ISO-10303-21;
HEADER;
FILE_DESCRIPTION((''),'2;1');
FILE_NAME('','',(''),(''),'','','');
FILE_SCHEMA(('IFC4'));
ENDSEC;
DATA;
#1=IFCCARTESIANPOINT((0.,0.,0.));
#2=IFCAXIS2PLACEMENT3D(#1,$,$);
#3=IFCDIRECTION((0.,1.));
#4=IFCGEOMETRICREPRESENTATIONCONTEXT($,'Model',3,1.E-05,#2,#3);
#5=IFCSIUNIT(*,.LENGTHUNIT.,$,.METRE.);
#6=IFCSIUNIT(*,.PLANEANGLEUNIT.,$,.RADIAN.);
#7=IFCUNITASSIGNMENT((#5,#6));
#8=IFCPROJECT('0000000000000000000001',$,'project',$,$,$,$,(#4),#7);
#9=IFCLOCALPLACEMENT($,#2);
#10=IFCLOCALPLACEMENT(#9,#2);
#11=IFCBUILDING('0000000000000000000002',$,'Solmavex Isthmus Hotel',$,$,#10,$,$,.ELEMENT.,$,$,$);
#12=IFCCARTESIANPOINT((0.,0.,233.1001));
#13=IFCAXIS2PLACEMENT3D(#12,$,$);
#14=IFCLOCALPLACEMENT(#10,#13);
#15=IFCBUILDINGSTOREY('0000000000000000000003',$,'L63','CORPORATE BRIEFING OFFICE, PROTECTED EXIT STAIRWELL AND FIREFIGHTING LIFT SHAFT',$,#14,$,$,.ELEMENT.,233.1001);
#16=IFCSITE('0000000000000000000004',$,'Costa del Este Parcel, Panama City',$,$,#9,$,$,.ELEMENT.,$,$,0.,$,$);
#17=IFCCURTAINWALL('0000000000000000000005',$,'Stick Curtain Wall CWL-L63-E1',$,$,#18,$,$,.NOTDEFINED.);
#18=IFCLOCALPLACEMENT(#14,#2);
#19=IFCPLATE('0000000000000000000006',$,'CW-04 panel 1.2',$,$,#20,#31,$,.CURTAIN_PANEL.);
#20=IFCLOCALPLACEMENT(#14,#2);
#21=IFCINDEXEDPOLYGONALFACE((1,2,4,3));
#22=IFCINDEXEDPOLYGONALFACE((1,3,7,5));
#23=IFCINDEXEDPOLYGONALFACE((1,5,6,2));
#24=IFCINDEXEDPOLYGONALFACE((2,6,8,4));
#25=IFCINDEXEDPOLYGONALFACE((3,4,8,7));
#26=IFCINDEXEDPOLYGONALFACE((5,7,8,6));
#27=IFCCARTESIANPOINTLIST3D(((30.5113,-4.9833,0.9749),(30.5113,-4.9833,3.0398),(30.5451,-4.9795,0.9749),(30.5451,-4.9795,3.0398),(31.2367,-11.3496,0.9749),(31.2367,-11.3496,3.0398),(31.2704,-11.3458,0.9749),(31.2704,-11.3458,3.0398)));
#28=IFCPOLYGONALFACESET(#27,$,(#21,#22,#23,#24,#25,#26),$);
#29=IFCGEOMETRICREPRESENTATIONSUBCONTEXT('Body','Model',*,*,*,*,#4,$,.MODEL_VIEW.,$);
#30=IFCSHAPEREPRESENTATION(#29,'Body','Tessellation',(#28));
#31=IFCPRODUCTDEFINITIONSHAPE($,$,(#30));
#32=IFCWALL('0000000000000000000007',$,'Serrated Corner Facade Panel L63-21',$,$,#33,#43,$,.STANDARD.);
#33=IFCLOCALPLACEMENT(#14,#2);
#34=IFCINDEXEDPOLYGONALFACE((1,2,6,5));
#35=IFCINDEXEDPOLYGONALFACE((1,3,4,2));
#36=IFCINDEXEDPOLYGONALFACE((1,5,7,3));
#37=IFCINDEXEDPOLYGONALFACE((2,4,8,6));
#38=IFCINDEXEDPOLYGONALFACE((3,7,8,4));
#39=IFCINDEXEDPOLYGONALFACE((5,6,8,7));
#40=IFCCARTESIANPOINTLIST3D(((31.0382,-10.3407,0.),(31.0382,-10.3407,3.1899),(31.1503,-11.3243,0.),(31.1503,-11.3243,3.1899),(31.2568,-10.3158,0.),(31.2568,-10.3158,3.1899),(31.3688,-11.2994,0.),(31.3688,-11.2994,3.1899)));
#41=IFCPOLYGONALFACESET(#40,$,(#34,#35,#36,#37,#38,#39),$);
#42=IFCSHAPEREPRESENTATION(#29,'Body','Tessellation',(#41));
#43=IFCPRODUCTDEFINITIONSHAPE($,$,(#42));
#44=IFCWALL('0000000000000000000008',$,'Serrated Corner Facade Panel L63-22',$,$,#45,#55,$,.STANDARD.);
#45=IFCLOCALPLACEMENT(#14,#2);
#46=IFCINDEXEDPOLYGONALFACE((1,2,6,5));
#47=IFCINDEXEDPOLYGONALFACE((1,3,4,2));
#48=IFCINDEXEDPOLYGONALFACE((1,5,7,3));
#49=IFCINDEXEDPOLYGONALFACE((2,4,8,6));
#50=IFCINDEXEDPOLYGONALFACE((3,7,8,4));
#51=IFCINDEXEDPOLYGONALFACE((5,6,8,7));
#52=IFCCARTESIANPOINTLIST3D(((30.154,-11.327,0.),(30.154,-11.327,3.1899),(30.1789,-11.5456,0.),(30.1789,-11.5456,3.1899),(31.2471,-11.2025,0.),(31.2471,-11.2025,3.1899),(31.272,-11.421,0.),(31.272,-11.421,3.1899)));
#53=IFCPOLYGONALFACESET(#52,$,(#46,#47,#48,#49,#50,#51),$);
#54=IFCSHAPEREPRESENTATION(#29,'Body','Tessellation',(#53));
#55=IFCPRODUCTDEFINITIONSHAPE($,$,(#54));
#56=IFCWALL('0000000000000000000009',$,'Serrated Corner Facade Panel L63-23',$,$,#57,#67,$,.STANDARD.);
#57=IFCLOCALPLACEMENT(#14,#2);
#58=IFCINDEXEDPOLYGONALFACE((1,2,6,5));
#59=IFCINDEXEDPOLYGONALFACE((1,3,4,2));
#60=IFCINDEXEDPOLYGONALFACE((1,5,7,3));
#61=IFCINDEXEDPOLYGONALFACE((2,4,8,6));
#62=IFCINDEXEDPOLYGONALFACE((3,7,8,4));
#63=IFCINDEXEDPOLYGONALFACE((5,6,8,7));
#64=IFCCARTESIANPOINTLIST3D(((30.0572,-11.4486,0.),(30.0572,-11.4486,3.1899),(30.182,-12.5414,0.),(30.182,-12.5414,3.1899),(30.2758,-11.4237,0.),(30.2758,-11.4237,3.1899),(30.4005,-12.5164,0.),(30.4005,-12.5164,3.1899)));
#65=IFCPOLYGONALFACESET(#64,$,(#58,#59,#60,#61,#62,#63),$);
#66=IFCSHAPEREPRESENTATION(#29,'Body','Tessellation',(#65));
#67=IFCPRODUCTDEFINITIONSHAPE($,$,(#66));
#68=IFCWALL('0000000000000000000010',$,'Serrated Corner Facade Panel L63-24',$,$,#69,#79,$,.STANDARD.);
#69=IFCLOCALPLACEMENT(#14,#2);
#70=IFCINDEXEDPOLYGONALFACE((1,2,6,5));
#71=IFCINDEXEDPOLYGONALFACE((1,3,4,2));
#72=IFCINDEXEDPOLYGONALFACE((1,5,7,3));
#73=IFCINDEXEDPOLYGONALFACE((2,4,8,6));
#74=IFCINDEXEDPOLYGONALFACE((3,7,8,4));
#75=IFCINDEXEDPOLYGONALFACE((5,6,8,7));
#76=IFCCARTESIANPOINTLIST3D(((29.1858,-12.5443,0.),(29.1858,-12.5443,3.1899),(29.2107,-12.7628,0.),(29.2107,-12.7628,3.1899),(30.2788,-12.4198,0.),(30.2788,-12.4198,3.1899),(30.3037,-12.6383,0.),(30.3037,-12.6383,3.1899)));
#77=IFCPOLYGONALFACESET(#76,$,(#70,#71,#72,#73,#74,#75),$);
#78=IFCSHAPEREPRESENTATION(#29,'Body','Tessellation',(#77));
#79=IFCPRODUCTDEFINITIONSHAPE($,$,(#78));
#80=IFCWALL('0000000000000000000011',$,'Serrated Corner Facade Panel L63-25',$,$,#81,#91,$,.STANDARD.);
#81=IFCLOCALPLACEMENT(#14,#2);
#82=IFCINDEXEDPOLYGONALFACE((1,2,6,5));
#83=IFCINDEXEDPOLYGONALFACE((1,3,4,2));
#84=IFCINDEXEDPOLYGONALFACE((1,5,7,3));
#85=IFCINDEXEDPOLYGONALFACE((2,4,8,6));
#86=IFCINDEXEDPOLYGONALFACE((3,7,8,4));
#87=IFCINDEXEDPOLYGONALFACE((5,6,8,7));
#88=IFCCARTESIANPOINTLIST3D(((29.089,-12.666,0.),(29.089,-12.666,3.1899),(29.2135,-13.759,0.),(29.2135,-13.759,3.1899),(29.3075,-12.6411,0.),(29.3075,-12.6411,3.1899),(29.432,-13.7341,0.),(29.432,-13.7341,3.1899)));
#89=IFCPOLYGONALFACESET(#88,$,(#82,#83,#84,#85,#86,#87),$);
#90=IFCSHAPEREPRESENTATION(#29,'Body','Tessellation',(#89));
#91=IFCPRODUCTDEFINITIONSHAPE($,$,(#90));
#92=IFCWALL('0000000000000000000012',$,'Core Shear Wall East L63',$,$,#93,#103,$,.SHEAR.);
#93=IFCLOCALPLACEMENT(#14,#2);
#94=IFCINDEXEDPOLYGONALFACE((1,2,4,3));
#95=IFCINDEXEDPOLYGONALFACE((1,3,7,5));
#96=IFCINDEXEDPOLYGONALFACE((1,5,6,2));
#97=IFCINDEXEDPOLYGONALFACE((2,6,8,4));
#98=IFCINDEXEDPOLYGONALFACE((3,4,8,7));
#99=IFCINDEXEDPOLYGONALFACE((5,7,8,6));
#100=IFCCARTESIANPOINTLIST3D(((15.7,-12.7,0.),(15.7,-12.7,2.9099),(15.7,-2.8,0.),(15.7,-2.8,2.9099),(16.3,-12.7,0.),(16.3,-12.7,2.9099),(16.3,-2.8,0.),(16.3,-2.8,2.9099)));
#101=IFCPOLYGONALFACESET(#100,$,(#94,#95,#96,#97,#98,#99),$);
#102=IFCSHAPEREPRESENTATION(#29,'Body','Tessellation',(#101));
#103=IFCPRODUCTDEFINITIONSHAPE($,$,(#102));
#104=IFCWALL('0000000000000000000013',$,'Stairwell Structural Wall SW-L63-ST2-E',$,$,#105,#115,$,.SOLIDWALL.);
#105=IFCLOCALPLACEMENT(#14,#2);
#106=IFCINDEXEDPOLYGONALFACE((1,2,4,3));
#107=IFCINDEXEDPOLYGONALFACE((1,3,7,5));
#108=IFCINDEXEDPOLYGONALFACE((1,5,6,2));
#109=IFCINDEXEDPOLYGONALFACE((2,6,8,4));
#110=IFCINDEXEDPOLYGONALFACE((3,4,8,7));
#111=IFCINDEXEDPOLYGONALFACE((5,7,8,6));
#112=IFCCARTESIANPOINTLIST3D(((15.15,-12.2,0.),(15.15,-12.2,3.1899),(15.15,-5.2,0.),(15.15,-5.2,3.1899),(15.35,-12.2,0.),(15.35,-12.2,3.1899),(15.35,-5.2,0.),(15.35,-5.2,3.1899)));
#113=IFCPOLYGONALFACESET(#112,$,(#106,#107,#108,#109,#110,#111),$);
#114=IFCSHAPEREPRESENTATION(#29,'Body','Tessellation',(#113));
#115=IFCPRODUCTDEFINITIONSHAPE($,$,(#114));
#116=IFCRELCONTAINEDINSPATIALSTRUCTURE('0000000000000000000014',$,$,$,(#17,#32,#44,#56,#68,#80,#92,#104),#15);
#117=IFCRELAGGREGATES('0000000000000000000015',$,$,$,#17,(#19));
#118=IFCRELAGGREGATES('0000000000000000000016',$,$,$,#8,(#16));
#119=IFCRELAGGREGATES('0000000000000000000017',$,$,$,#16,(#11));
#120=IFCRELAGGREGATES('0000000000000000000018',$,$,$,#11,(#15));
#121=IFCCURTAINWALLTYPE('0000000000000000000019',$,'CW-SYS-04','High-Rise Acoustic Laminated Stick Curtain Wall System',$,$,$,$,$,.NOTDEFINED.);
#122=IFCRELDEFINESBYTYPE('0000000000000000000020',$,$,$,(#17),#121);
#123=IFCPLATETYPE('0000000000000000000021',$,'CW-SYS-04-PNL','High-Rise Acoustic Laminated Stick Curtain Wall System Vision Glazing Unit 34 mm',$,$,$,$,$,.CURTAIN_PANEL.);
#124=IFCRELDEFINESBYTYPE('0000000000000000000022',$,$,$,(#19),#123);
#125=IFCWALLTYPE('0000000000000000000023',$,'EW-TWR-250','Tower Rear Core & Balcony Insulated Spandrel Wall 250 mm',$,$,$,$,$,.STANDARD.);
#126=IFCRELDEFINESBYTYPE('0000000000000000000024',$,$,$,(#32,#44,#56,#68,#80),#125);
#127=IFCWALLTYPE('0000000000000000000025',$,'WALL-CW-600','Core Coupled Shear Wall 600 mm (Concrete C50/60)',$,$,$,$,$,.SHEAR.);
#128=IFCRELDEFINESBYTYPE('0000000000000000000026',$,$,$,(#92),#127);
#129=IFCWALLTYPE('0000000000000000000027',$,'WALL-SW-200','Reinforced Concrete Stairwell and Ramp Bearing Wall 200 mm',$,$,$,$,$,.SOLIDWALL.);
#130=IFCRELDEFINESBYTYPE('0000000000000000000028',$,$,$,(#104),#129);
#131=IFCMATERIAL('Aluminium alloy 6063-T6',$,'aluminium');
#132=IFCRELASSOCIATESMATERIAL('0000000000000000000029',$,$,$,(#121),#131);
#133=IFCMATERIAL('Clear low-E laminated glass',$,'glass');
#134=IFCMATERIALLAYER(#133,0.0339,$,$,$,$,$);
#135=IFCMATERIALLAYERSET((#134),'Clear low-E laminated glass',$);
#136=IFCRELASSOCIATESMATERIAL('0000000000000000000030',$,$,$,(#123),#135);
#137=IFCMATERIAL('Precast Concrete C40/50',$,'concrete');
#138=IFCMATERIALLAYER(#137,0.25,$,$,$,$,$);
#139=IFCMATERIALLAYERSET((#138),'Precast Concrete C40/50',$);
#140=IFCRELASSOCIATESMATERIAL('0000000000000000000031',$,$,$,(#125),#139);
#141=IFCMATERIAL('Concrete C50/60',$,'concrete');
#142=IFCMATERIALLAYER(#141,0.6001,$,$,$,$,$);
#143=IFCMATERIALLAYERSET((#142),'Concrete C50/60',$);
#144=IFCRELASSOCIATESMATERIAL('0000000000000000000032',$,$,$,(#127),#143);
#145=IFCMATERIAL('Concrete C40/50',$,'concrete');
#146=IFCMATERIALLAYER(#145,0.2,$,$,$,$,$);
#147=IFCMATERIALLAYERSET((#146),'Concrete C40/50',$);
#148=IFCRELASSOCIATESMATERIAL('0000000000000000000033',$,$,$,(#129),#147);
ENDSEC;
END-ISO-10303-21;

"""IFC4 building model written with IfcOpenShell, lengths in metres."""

from ifc_helpers import new_model, si_unit, direction, frame, frame_2d, origin, origin_2d, place, context, subcontext, project, spatial, rectangle, extrude, material, layer, layer_set, type_object, element, aggregate, save


model = new_model("IFC4")

# Units and contexts
model_context = context("Model", 3, precision=1e-05, world=origin(), true_north=direction((0.0, 1.0)))
body_context = subcontext(model_context, "Body", "Model", "MODEL_VIEW")
ifc_project = project(units=[si_unit("LENGTHUNIT", "METRE"), si_unit("PLANEANGLEUNIT", "RADIAN")], contexts=[model_context])

# Site, building, storey
site_placement = place(None, origin())
site = spatial("IfcSite", under=ifc_project, at=site_placement, Name="Costa del Este Parcel, Panama City", CompositionType="ELEMENT", RefElevation=0.0)
building_placement = place(site_placement, origin())
building = spatial("IfcBuilding", under=site, at=building_placement, Name="Solmavex Isthmus Hotel", CompositionType="ELEMENT")
storey_placement = place(building_placement, frame((0.0, 0.0, 233.1001)))
storey = spatial("IfcBuildingStorey", under=building, at=storey_placement, Name="L63", Description="CORPORATE BRIEFING OFFICE, PROTECTED EXIT STAIRWELL AND FIREFIGHTING LIFT SHAFT", CompositionType="ELEMENT", Elevation=233.1001)

# Shared definitions
ifc_material_1 = material(Name="Concrete C50/60", Category="concrete")

# Curtain wall, plate
ifc_material_2 = material(Name="Aluminium alloy 6063-T6", Category="aluminium")
curtain_wall_type = type_object("IfcCurtainWallType", Name="CW-SYS-04", Description="High-Rise Acoustic Laminated Stick Curtain Wall System", PredefinedType="NOTDEFINED", material=ifc_material_2)
curtain_wall_placement = place(storey_placement, origin())
curtain_wall = element("IfcCurtainWall", 1, at=curtain_wall_placement, inside=storey, type_object=curtain_wall_type, Name="Stick Curtain Wall CWL-L63-E1", PredefinedType="NOTDEFINED")
ifc_material_3 = material(Name="Clear low-E laminated glass", Category="glass")
ifc_layer_1 = layer(ifc_material_3, 0.0339)
ifc_layer_set_1 = layer_set([ifc_layer_1], Name="Clear low-E laminated glass")
plate_type = type_object("IfcPlateType", Name="CW-SYS-04-PNL", Description="High-Rise Acoustic Laminated Stick Curtain Wall System Vision Glazing Unit 34 mm", PredefinedType="CURTAIN_PANEL", material=ifc_layer_set_1)
plate_1_placement = place(storey_placement, frame((30.8909, -8.1646, 0.9749), z_axis=(0.0, 0.0, 1.0), x_axis=(-0.113203, 0.993572, 0.0)))
plate_1 = element("IfcPlate", 2, at=plate_1_placement, type_object=plate_type, Name="CW-04 panel 1.2", PredefinedType="CURTAIN_PANEL", context=body_context, shape_type="SweptSolid", body=[
    extrude(rectangle(XDim=6.4075, YDim=0.0339, at=origin_2d()), origin(), (0.0, 0.0, 1.0), 2.0649),
])
aggregate(curtain_wall, [plate_1])

# Walls
ifc_material_4 = material(Name="Precast Concrete C40/50", Category="concrete")
ifc_layer_2 = layer(ifc_material_4, 0.25)
ifc_layer_set_2 = layer_set([ifc_layer_2], Name="Precast Concrete C40/50")
wall_type_1 = type_object("IfcWallType", Name="EW-TWR-250", Description="Tower Rear Core & Balcony Insulated Spandrel Wall 250 mm", PredefinedType="STANDARD", material=ifc_layer_set_2)
wall_1_placement = place(storey_placement, frame((31.1475, -10.3281, 0.0), z_axis=(0.0, 0.0, 1.0), x_axis=(0.113192, -0.993573, 0.0)))
element("IfcWall", 3, at=wall_1_placement, inside=storey, type_object=wall_type_1, Name="Serrated Corner Facade Panel L63-21", PredefinedType="STANDARD", context=body_context, shape_type="SweptSolid", body=[
    extrude(rectangle(XDim=0.99, YDim=0.22, at=frame_2d((0.4951, 0.0))), origin(), (0.0, 0.0, 1.0), 3.1899),
])
wall_2_placement = place(storey_placement, frame((31.2595, -11.3118, 0.0), z_axis=(0.0, 0.0, 1.0), x_axis=(-0.993574, -0.113184, 0.0)))
element("IfcWall", 4, at=wall_2_placement, inside=storey, type_object=wall_type_1, Name="Serrated Corner Facade Panel L63-22", PredefinedType="STANDARD", context=body_context, shape_type="SweptSolid", body=[
    extrude(rectangle(XDim=1.1001, YDim=0.22, at=frame_2d((0.55, 0.0))), origin(), (0.0, 0.0, 1.0), 3.1899),
])
wall_3_placement = place(storey_placement, frame((30.1665, -11.4363, 0.0), z_axis=(0.0, 0.0, 1.0), x_axis=(0.113428, -0.993546, 0.0)))
element("IfcWall", 5, at=wall_3_placement, inside=storey, type_object=wall_type_1, Name="Serrated Corner Facade Panel L63-23", PredefinedType="STANDARD", context=body_context, shape_type="SweptSolid", body=[
    extrude(rectangle(XDim=1.0999, YDim=0.22, at=frame_2d((0.5498, 0.0))), origin(), (0.0, 0.0, 1.0), 3.1899),
])
for number, where, z_axis, x_axis, name in (
    (6, (30.2913, -12.5291, 0.0), (0.0, 0.0, 1.0), (-0.993574, -0.113184, 0.0), "Serrated Corner Facade Panel L63-24"),
    (7, (29.1982, -12.6536, 0.0), (0.0, 0.0, 1.0), (0.113184, -0.993574, 0.0), "Serrated Corner Facade Panel L63-25"),
):
    element("IfcWall", number, at=place(storey_placement, frame(where, z_axis=z_axis, x_axis=x_axis)), inside=storey, type_object=wall_type_1, Name=name, PredefinedType="STANDARD", context=body_context, shape_type="SweptSolid", body=[
        extrude(rectangle(XDim=1.1001, YDim=0.22, at=frame_2d((0.55, 0.0))), origin(), (0.0, 0.0, 1.0), 3.1899),
    ])
ifc_layer_3 = layer(ifc_material_1, 0.6001)
ifc_layer_set_3 = layer_set([ifc_layer_3], Name="Concrete C50/60")
wall_type_2 = type_object("IfcWallType", Name="WALL-CW-600", Description="Core Coupled Shear Wall 600 mm (Concrete C50/60)", PredefinedType="SHEAR", material=ifc_layer_set_3)
wall_4_placement = place(storey_placement, frame((16.0, -12.7, 0.0), z_axis=(0.0, 0.0, 1.0), x_axis=(0.0, 1.0, 0.0)))
element("IfcWall", 8, at=wall_4_placement, inside=storey, type_object=wall_type_2, Name="Core Shear Wall East L63", PredefinedType="SHEAR", context=body_context, shape_type="SweptSolid", body=[
    extrude(rectangle(XDim=9.8999, YDim=0.6001, at=frame_2d((4.95, 0.0))), origin(), (0.0, 0.0, 1.0), 2.9099),
])
ifc_material_5 = material(Name="Concrete C40/50", Category="concrete")
ifc_layer_4 = layer(ifc_material_5, 0.2)
ifc_layer_set_4 = layer_set([ifc_layer_4], Name="Concrete C40/50")
wall_type_3 = type_object("IfcWallType", Name="WALL-SW-200", Description="Reinforced Concrete Stairwell and Ramp Bearing Wall 200 mm", PredefinedType="SOLIDWALL", material=ifc_layer_set_4)
wall_5_placement = place(storey_placement, frame((15.25, -12.2, 0.0), z_axis=(0.0, 0.0, 1.0), x_axis=(0.0, 1.0, 0.0)))
element("IfcWall", 9, at=wall_5_placement, inside=storey, type_object=wall_type_3, Name="Stairwell Structural Wall SW-L63-ST2-E", PredefinedType="SOLIDWALL", context=body_context, shape_type="SweptSolid", body=[
    extrude(rectangle(XDim=7.0, YDim=0.2, at=frame_2d((3.5, 0.0))), origin(), (0.0, 0.0, 1.0), 3.1899),
])

save(model, "model.ifc")
